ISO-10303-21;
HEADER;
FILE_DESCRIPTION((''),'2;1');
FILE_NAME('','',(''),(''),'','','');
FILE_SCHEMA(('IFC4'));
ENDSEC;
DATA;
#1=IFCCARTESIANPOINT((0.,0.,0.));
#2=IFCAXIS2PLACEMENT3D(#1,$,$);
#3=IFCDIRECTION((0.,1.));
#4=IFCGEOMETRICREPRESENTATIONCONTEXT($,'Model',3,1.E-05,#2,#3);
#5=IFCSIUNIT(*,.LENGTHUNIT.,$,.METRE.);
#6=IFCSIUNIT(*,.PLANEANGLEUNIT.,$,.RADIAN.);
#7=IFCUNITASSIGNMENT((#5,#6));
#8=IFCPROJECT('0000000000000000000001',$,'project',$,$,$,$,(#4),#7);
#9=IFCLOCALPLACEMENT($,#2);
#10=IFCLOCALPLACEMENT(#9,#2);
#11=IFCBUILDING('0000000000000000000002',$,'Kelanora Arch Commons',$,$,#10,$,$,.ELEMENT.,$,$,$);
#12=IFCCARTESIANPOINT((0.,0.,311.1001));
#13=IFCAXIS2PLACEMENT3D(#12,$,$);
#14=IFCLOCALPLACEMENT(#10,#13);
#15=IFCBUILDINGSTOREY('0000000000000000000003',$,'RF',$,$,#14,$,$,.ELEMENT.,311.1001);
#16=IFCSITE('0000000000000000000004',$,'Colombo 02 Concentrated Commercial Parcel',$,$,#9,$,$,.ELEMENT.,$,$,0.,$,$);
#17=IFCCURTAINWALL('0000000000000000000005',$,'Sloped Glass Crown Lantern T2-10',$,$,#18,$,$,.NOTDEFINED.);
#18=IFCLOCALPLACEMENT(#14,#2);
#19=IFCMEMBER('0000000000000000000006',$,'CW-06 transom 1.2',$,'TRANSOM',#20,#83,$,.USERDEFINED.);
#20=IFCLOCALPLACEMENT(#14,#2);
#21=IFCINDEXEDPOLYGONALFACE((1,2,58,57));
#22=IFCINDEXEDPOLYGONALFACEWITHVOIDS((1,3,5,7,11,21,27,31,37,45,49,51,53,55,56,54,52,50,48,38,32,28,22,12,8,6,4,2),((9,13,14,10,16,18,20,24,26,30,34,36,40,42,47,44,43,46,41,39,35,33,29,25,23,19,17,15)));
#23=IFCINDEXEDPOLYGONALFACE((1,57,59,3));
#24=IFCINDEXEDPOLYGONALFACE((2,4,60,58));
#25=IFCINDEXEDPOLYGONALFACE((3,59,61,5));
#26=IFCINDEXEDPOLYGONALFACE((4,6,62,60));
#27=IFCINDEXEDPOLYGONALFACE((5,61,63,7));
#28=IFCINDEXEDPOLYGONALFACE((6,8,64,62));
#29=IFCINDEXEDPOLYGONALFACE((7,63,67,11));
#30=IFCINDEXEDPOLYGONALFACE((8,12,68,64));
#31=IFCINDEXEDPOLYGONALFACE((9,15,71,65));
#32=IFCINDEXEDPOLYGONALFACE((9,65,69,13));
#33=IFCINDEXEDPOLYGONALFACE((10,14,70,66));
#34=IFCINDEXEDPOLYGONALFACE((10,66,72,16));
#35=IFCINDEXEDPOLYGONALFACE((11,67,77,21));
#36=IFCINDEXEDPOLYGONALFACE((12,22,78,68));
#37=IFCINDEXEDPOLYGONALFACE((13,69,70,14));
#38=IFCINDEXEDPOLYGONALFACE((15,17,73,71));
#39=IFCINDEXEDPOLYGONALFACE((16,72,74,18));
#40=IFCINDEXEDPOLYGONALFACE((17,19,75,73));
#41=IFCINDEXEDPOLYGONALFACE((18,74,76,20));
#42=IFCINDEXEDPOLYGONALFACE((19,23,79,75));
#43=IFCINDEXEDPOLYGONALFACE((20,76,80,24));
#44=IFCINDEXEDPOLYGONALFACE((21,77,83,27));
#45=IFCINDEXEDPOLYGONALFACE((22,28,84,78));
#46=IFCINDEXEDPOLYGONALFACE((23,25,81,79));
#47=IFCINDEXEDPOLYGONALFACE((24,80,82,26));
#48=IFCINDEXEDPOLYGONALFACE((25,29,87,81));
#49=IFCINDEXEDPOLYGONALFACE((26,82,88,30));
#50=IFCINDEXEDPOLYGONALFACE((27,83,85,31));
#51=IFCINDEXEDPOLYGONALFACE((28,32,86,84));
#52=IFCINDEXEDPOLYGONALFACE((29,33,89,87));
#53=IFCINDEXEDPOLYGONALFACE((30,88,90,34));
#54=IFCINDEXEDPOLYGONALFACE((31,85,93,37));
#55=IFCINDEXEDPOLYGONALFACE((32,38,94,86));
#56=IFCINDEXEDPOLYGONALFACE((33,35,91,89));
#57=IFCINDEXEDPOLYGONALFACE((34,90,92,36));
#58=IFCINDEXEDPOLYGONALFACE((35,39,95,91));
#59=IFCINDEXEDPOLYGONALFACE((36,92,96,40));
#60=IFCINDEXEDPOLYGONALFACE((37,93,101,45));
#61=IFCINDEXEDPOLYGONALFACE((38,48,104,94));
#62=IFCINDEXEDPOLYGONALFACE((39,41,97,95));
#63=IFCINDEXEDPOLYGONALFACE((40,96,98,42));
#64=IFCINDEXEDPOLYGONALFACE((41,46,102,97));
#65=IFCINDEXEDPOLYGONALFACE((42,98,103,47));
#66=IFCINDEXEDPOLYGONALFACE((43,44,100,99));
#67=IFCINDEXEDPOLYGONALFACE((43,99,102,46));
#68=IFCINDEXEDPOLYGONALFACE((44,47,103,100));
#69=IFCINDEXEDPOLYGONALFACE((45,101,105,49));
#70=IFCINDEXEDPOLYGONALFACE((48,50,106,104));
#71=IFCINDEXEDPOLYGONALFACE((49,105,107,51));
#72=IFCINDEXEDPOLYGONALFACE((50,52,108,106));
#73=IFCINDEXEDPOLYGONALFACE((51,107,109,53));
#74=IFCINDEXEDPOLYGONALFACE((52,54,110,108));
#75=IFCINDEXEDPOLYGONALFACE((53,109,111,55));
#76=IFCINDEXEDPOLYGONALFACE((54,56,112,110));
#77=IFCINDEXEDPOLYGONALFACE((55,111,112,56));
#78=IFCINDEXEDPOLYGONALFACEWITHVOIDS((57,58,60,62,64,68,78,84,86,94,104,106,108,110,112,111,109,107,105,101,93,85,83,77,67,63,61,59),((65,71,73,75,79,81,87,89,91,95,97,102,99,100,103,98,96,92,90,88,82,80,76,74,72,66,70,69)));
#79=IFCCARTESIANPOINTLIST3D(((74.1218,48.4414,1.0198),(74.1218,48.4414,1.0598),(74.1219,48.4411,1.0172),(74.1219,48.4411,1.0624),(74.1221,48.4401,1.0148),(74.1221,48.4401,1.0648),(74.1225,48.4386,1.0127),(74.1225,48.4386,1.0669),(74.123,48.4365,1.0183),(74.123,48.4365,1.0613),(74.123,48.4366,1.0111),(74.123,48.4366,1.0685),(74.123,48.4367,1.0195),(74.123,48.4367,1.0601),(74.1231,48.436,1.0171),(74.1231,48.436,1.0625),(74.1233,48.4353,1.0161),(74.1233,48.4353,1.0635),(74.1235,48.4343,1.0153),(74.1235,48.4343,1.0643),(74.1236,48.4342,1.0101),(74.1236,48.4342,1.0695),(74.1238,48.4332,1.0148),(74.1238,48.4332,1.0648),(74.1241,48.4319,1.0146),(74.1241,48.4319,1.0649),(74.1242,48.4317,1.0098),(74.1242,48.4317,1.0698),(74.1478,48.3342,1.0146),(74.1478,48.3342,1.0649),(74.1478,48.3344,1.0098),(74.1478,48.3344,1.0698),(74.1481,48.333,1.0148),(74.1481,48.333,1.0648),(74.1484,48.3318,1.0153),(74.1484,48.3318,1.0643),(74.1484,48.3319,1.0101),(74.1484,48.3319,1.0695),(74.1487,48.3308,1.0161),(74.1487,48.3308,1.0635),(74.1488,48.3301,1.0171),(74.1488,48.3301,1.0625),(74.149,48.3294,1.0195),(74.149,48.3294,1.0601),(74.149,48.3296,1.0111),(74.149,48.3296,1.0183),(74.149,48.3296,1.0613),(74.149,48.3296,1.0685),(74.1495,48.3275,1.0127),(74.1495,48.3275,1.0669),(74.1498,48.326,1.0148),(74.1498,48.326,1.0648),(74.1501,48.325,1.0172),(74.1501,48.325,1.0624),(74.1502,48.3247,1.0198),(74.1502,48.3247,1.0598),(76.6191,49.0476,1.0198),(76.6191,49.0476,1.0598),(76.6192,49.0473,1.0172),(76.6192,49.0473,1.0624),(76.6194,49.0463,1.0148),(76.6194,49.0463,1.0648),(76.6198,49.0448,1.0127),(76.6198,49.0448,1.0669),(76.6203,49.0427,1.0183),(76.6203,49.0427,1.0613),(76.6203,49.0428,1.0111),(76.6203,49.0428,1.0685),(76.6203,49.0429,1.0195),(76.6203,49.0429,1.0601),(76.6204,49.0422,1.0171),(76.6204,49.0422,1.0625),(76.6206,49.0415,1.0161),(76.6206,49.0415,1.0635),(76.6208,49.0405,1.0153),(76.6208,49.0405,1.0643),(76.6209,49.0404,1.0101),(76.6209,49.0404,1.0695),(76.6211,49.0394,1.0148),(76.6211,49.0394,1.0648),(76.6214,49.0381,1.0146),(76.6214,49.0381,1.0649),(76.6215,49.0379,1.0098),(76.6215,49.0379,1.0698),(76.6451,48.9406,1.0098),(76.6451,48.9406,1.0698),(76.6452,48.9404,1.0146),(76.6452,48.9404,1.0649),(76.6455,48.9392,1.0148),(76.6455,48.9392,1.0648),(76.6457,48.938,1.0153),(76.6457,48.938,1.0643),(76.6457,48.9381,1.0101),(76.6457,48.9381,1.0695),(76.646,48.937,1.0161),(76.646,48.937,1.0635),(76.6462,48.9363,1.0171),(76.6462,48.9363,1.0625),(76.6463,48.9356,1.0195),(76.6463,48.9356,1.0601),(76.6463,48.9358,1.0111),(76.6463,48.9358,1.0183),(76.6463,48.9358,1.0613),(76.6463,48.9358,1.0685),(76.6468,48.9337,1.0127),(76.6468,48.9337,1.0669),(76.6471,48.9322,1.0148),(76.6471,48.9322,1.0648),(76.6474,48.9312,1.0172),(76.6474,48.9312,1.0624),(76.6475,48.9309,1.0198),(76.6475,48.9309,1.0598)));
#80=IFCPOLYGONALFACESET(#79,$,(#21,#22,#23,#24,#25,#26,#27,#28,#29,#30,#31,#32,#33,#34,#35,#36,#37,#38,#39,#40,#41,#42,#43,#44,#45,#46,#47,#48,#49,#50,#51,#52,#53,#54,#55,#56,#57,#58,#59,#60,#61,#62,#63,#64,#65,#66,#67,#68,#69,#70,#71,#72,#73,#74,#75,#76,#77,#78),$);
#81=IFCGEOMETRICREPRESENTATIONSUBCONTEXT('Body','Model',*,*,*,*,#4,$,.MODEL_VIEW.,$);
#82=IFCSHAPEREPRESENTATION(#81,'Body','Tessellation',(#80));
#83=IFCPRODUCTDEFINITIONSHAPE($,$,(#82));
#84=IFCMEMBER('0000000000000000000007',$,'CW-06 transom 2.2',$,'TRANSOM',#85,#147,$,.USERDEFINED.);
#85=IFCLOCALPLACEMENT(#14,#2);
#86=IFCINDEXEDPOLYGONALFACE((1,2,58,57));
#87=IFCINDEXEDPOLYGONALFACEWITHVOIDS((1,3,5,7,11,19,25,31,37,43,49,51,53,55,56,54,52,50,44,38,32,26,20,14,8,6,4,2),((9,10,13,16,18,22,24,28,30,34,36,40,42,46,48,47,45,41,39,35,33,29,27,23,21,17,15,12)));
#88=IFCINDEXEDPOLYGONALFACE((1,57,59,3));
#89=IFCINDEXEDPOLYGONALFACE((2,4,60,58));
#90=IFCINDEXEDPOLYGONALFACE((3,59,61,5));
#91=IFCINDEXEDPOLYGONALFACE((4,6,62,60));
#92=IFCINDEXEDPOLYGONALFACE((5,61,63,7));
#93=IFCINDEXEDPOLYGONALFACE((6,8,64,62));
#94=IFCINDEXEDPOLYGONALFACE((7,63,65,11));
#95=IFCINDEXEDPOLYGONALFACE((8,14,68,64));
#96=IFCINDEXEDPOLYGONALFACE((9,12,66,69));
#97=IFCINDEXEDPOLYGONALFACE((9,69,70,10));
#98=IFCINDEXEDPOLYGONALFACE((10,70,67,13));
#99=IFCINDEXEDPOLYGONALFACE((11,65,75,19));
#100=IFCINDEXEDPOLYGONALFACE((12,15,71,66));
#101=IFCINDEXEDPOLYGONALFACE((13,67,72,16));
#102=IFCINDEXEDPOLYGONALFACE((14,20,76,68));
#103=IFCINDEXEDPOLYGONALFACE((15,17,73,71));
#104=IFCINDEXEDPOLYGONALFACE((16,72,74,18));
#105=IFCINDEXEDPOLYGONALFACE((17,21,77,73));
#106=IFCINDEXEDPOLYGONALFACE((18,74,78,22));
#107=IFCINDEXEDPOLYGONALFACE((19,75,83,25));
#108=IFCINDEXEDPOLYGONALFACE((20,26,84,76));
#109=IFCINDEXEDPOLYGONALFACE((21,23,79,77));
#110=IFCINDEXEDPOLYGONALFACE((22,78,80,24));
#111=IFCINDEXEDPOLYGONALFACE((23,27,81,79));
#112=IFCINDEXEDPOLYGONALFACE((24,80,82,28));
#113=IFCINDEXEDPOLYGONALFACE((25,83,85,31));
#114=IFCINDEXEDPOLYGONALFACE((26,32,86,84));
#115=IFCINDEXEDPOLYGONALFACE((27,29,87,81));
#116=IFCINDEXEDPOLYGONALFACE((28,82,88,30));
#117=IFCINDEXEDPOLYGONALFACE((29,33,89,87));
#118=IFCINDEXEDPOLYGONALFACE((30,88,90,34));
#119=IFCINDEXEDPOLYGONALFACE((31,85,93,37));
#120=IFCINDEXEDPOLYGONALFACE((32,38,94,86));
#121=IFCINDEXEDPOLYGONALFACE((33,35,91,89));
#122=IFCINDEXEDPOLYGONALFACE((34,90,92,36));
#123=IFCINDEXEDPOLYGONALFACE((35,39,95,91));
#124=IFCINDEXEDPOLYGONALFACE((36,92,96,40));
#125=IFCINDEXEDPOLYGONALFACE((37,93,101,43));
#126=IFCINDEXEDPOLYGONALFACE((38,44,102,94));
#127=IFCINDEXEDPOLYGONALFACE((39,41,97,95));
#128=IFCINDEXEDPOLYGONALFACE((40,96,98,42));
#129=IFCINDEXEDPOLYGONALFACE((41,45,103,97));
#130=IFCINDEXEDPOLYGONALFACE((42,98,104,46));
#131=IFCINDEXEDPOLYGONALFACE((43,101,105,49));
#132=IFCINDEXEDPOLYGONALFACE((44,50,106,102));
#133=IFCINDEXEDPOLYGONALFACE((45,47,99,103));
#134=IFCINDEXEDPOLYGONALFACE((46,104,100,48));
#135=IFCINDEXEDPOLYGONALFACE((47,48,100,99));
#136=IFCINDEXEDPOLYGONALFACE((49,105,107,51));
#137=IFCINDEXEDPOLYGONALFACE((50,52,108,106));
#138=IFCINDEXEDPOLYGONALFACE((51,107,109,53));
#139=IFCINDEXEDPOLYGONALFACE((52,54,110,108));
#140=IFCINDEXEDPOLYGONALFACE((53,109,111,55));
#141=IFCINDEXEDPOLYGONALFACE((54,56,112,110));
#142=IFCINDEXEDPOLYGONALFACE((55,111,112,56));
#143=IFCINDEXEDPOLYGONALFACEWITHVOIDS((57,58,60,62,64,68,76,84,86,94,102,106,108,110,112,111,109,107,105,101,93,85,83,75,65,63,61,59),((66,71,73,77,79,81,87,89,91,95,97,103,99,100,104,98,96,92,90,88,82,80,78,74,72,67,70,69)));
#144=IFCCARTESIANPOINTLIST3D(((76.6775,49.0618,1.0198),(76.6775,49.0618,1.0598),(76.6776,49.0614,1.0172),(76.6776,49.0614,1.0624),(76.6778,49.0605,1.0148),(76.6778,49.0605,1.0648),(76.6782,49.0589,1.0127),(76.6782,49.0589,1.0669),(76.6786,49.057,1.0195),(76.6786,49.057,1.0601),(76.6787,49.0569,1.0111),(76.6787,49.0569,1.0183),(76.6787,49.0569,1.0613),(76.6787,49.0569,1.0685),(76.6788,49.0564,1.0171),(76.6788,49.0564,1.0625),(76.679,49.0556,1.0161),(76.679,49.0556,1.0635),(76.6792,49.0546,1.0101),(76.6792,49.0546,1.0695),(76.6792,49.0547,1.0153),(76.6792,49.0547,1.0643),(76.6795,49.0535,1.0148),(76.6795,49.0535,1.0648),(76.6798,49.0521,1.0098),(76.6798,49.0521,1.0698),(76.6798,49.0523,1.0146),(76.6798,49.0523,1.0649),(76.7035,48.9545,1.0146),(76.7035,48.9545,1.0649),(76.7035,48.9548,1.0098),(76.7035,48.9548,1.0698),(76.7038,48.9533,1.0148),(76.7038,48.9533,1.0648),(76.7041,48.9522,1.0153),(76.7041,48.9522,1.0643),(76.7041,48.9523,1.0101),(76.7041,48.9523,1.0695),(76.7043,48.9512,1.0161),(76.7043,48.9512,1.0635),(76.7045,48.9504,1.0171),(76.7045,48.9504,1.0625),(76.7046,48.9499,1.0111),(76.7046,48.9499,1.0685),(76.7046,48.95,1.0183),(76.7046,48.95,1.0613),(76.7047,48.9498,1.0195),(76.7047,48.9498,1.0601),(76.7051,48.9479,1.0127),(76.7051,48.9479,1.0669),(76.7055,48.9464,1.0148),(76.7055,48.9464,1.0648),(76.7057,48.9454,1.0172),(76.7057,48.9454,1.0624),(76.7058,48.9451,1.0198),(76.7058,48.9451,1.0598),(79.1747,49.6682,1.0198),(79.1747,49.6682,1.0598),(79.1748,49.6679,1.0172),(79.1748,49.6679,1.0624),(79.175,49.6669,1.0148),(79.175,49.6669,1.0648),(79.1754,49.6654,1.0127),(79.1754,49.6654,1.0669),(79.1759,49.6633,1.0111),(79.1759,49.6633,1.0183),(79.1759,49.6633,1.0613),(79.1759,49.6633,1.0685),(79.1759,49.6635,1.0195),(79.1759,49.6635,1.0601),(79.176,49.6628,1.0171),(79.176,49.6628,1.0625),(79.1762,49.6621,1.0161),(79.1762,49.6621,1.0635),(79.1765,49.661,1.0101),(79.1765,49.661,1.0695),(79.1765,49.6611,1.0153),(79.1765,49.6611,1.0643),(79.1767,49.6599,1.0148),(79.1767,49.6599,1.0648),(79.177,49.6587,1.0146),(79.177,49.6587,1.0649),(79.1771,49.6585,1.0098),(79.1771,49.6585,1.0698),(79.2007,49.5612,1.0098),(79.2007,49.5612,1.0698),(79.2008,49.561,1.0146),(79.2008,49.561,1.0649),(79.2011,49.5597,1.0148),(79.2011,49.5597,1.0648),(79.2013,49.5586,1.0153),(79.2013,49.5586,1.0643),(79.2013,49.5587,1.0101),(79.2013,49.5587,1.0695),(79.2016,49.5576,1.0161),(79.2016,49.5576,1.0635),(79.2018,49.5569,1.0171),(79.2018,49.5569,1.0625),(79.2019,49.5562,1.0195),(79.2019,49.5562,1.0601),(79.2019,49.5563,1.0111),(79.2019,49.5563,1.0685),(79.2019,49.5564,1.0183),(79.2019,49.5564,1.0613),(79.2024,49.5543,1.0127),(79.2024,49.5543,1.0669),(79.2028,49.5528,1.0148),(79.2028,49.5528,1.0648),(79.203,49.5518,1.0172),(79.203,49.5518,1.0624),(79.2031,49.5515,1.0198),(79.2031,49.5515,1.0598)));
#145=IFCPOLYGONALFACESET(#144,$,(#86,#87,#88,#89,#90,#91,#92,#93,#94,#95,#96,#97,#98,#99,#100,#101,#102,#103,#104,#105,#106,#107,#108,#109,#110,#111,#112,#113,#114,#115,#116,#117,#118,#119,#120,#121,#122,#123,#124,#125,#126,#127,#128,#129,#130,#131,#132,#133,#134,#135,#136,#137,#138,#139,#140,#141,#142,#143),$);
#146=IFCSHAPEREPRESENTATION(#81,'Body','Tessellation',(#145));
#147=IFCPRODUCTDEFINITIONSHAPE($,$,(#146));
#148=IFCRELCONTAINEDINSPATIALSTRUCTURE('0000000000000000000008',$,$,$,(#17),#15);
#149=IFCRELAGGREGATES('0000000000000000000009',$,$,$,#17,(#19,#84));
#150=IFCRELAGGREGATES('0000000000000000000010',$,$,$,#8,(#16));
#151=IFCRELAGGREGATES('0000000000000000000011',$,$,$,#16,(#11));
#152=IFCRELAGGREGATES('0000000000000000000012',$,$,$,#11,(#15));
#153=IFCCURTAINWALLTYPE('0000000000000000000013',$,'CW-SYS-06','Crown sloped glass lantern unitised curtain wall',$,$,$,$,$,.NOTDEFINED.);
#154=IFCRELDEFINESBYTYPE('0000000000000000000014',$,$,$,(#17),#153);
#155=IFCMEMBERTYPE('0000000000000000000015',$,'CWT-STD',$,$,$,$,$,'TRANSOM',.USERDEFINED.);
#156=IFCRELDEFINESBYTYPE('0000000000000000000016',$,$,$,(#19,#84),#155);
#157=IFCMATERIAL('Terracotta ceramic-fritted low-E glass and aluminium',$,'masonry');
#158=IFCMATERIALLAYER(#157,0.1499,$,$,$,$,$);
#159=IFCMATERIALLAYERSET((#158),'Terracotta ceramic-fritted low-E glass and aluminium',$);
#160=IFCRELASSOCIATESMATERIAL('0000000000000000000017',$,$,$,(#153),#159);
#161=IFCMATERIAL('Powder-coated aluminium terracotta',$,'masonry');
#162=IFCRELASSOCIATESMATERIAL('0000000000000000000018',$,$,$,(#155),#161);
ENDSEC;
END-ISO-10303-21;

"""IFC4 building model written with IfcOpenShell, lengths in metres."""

from ifc_helpers import new_model, si_unit, direction, frame, origin, origin_2d, place, context, subcontext, project, spatial, hollow_rectangle, extrude, material, layer, layer_set, material_profile, profile_set, type_object, element, aggregate, save


model = new_model("IFC4")

# Units and contexts
model_context = context("Model", 3, precision=1e-05, world=origin(), true_north=direction((0.0, 1.0)))
body_context = subcontext(model_context, "Body", "Model", "MODEL_VIEW")
ifc_project = project(units=[si_unit("LENGTHUNIT", "METRE"), si_unit("PLANEANGLEUNIT", "RADIAN")], contexts=[model_context])

# Site, building, storey
site_placement = place(None, origin())
site = spatial("IfcSite", under=ifc_project, at=site_placement, Name="Colombo 02 Concentrated Commercial Parcel", CompositionType="ELEMENT", RefElevation=0.0)
building_placement = place(site_placement, origin())
building = spatial("IfcBuilding", under=site, at=building_placement, Name="Kelanora Arch Commons", CompositionType="ELEMENT")
storey_placement = place(building_placement, frame((0.0, 0.0, 311.1001)))
storey = spatial("IfcBuildingStorey", under=building, at=storey_placement, Name="RF", CompositionType="ELEMENT", Elevation=311.1001)

# Shared definitions
ifc_material_1 = material(Name="Terracotta ceramic-fritted low-E glass and aluminium", Category="masonry")
ifc_layer_1 = layer(ifc_material_1, 0.1499)
ifc_layer_set_1 = layer_set([ifc_layer_1], Name="Terracotta ceramic-fritted low-E glass and aluminium")
curtain_wall_type = type_object("IfcCurtainWallType", Name="CW-SYS-06", Description="Crown sloped glass lantern unitised curtain wall", PredefinedType="NOTDEFINED", material=ifc_layer_set_1)
ifc_material_2 = material(Name="Powder-coated aluminium terracotta", Category="masonry")

# Shared definitions
ifc_material_profile_1 = material_profile(ifc_material_2, hollow_rectangle(XDim=0.1201, YDim=0.0601, WallThickness=0.0049, InnerFilletRadius=0.0049, OuterFilletRadius=0.01, at=origin_2d()), Name="CWT120x60")
ifc_profile_set_1 = profile_set([ifc_material_profile_1], Name="Powder-coated aluminium terracotta")
member_type_1 = type_object("IfcMemberType", Name="CWT-STD", ElementType="TRANSOM", PredefinedType="USERDEFINED", material=ifc_profile_set_1)

# Curtain wall, members
curtain_wall_1_placement = place(storey_placement, origin())
curtain_wall_1 = element("IfcCurtainWall", 1, at=curtain_wall_1_placement, inside=storey, type_object=curtain_wall_type, Name="Sloped Glass Crown Lantern T2-10", PredefinedType="NOTDEFINED")
member_1_placement = place(storey_placement, frame((74.136, 48.3831, 1.0398), z_axis=(0.97178, 0.235891, 0.0), x_axis=(-0.235891, 0.97178, 0.0)))
member_1 = element("IfcMember", 2, at=member_1_placement, type_object=member_type_1, Name="CW-06 transom 1.2", ObjectType="TRANSOM", PredefinedType="USERDEFINED", context=body_context, shape_type="SweptSolid", body=[
    extrude(hollow_rectangle(XDim=0.1201, YDim=0.0601, WallThickness=0.0049, InnerFilletRadius=0.0049, OuterFilletRadius=0.01, at=origin_2d()), origin(), (0.0, 0.0, 1.0), 2.5698),
])
member_2_placement = place(storey_placement, frame((76.6917, 49.0034, 1.0398), z_axis=(0.971758, 0.235981, 0.0), x_axis=(-0.235981, 0.971758, 0.0)))
member_2 = element("IfcMember", 3, at=member_2_placement, type_object=member_type_1, Name="CW-06 transom 2.2", ObjectType="TRANSOM", PredefinedType="USERDEFINED", context=body_context, shape_type="SweptSolid", body=[
    extrude(hollow_rectangle(XDim=0.1201, YDim=0.0601, WallThickness=0.0049, InnerFilletRadius=0.0049, OuterFilletRadius=0.01, at=origin_2d()), origin(), (0.0, 0.0, 1.0), 2.5698),
])

aggregate(curtain_wall_1, [member_1, member_2])

save(model, "model.ifc")
